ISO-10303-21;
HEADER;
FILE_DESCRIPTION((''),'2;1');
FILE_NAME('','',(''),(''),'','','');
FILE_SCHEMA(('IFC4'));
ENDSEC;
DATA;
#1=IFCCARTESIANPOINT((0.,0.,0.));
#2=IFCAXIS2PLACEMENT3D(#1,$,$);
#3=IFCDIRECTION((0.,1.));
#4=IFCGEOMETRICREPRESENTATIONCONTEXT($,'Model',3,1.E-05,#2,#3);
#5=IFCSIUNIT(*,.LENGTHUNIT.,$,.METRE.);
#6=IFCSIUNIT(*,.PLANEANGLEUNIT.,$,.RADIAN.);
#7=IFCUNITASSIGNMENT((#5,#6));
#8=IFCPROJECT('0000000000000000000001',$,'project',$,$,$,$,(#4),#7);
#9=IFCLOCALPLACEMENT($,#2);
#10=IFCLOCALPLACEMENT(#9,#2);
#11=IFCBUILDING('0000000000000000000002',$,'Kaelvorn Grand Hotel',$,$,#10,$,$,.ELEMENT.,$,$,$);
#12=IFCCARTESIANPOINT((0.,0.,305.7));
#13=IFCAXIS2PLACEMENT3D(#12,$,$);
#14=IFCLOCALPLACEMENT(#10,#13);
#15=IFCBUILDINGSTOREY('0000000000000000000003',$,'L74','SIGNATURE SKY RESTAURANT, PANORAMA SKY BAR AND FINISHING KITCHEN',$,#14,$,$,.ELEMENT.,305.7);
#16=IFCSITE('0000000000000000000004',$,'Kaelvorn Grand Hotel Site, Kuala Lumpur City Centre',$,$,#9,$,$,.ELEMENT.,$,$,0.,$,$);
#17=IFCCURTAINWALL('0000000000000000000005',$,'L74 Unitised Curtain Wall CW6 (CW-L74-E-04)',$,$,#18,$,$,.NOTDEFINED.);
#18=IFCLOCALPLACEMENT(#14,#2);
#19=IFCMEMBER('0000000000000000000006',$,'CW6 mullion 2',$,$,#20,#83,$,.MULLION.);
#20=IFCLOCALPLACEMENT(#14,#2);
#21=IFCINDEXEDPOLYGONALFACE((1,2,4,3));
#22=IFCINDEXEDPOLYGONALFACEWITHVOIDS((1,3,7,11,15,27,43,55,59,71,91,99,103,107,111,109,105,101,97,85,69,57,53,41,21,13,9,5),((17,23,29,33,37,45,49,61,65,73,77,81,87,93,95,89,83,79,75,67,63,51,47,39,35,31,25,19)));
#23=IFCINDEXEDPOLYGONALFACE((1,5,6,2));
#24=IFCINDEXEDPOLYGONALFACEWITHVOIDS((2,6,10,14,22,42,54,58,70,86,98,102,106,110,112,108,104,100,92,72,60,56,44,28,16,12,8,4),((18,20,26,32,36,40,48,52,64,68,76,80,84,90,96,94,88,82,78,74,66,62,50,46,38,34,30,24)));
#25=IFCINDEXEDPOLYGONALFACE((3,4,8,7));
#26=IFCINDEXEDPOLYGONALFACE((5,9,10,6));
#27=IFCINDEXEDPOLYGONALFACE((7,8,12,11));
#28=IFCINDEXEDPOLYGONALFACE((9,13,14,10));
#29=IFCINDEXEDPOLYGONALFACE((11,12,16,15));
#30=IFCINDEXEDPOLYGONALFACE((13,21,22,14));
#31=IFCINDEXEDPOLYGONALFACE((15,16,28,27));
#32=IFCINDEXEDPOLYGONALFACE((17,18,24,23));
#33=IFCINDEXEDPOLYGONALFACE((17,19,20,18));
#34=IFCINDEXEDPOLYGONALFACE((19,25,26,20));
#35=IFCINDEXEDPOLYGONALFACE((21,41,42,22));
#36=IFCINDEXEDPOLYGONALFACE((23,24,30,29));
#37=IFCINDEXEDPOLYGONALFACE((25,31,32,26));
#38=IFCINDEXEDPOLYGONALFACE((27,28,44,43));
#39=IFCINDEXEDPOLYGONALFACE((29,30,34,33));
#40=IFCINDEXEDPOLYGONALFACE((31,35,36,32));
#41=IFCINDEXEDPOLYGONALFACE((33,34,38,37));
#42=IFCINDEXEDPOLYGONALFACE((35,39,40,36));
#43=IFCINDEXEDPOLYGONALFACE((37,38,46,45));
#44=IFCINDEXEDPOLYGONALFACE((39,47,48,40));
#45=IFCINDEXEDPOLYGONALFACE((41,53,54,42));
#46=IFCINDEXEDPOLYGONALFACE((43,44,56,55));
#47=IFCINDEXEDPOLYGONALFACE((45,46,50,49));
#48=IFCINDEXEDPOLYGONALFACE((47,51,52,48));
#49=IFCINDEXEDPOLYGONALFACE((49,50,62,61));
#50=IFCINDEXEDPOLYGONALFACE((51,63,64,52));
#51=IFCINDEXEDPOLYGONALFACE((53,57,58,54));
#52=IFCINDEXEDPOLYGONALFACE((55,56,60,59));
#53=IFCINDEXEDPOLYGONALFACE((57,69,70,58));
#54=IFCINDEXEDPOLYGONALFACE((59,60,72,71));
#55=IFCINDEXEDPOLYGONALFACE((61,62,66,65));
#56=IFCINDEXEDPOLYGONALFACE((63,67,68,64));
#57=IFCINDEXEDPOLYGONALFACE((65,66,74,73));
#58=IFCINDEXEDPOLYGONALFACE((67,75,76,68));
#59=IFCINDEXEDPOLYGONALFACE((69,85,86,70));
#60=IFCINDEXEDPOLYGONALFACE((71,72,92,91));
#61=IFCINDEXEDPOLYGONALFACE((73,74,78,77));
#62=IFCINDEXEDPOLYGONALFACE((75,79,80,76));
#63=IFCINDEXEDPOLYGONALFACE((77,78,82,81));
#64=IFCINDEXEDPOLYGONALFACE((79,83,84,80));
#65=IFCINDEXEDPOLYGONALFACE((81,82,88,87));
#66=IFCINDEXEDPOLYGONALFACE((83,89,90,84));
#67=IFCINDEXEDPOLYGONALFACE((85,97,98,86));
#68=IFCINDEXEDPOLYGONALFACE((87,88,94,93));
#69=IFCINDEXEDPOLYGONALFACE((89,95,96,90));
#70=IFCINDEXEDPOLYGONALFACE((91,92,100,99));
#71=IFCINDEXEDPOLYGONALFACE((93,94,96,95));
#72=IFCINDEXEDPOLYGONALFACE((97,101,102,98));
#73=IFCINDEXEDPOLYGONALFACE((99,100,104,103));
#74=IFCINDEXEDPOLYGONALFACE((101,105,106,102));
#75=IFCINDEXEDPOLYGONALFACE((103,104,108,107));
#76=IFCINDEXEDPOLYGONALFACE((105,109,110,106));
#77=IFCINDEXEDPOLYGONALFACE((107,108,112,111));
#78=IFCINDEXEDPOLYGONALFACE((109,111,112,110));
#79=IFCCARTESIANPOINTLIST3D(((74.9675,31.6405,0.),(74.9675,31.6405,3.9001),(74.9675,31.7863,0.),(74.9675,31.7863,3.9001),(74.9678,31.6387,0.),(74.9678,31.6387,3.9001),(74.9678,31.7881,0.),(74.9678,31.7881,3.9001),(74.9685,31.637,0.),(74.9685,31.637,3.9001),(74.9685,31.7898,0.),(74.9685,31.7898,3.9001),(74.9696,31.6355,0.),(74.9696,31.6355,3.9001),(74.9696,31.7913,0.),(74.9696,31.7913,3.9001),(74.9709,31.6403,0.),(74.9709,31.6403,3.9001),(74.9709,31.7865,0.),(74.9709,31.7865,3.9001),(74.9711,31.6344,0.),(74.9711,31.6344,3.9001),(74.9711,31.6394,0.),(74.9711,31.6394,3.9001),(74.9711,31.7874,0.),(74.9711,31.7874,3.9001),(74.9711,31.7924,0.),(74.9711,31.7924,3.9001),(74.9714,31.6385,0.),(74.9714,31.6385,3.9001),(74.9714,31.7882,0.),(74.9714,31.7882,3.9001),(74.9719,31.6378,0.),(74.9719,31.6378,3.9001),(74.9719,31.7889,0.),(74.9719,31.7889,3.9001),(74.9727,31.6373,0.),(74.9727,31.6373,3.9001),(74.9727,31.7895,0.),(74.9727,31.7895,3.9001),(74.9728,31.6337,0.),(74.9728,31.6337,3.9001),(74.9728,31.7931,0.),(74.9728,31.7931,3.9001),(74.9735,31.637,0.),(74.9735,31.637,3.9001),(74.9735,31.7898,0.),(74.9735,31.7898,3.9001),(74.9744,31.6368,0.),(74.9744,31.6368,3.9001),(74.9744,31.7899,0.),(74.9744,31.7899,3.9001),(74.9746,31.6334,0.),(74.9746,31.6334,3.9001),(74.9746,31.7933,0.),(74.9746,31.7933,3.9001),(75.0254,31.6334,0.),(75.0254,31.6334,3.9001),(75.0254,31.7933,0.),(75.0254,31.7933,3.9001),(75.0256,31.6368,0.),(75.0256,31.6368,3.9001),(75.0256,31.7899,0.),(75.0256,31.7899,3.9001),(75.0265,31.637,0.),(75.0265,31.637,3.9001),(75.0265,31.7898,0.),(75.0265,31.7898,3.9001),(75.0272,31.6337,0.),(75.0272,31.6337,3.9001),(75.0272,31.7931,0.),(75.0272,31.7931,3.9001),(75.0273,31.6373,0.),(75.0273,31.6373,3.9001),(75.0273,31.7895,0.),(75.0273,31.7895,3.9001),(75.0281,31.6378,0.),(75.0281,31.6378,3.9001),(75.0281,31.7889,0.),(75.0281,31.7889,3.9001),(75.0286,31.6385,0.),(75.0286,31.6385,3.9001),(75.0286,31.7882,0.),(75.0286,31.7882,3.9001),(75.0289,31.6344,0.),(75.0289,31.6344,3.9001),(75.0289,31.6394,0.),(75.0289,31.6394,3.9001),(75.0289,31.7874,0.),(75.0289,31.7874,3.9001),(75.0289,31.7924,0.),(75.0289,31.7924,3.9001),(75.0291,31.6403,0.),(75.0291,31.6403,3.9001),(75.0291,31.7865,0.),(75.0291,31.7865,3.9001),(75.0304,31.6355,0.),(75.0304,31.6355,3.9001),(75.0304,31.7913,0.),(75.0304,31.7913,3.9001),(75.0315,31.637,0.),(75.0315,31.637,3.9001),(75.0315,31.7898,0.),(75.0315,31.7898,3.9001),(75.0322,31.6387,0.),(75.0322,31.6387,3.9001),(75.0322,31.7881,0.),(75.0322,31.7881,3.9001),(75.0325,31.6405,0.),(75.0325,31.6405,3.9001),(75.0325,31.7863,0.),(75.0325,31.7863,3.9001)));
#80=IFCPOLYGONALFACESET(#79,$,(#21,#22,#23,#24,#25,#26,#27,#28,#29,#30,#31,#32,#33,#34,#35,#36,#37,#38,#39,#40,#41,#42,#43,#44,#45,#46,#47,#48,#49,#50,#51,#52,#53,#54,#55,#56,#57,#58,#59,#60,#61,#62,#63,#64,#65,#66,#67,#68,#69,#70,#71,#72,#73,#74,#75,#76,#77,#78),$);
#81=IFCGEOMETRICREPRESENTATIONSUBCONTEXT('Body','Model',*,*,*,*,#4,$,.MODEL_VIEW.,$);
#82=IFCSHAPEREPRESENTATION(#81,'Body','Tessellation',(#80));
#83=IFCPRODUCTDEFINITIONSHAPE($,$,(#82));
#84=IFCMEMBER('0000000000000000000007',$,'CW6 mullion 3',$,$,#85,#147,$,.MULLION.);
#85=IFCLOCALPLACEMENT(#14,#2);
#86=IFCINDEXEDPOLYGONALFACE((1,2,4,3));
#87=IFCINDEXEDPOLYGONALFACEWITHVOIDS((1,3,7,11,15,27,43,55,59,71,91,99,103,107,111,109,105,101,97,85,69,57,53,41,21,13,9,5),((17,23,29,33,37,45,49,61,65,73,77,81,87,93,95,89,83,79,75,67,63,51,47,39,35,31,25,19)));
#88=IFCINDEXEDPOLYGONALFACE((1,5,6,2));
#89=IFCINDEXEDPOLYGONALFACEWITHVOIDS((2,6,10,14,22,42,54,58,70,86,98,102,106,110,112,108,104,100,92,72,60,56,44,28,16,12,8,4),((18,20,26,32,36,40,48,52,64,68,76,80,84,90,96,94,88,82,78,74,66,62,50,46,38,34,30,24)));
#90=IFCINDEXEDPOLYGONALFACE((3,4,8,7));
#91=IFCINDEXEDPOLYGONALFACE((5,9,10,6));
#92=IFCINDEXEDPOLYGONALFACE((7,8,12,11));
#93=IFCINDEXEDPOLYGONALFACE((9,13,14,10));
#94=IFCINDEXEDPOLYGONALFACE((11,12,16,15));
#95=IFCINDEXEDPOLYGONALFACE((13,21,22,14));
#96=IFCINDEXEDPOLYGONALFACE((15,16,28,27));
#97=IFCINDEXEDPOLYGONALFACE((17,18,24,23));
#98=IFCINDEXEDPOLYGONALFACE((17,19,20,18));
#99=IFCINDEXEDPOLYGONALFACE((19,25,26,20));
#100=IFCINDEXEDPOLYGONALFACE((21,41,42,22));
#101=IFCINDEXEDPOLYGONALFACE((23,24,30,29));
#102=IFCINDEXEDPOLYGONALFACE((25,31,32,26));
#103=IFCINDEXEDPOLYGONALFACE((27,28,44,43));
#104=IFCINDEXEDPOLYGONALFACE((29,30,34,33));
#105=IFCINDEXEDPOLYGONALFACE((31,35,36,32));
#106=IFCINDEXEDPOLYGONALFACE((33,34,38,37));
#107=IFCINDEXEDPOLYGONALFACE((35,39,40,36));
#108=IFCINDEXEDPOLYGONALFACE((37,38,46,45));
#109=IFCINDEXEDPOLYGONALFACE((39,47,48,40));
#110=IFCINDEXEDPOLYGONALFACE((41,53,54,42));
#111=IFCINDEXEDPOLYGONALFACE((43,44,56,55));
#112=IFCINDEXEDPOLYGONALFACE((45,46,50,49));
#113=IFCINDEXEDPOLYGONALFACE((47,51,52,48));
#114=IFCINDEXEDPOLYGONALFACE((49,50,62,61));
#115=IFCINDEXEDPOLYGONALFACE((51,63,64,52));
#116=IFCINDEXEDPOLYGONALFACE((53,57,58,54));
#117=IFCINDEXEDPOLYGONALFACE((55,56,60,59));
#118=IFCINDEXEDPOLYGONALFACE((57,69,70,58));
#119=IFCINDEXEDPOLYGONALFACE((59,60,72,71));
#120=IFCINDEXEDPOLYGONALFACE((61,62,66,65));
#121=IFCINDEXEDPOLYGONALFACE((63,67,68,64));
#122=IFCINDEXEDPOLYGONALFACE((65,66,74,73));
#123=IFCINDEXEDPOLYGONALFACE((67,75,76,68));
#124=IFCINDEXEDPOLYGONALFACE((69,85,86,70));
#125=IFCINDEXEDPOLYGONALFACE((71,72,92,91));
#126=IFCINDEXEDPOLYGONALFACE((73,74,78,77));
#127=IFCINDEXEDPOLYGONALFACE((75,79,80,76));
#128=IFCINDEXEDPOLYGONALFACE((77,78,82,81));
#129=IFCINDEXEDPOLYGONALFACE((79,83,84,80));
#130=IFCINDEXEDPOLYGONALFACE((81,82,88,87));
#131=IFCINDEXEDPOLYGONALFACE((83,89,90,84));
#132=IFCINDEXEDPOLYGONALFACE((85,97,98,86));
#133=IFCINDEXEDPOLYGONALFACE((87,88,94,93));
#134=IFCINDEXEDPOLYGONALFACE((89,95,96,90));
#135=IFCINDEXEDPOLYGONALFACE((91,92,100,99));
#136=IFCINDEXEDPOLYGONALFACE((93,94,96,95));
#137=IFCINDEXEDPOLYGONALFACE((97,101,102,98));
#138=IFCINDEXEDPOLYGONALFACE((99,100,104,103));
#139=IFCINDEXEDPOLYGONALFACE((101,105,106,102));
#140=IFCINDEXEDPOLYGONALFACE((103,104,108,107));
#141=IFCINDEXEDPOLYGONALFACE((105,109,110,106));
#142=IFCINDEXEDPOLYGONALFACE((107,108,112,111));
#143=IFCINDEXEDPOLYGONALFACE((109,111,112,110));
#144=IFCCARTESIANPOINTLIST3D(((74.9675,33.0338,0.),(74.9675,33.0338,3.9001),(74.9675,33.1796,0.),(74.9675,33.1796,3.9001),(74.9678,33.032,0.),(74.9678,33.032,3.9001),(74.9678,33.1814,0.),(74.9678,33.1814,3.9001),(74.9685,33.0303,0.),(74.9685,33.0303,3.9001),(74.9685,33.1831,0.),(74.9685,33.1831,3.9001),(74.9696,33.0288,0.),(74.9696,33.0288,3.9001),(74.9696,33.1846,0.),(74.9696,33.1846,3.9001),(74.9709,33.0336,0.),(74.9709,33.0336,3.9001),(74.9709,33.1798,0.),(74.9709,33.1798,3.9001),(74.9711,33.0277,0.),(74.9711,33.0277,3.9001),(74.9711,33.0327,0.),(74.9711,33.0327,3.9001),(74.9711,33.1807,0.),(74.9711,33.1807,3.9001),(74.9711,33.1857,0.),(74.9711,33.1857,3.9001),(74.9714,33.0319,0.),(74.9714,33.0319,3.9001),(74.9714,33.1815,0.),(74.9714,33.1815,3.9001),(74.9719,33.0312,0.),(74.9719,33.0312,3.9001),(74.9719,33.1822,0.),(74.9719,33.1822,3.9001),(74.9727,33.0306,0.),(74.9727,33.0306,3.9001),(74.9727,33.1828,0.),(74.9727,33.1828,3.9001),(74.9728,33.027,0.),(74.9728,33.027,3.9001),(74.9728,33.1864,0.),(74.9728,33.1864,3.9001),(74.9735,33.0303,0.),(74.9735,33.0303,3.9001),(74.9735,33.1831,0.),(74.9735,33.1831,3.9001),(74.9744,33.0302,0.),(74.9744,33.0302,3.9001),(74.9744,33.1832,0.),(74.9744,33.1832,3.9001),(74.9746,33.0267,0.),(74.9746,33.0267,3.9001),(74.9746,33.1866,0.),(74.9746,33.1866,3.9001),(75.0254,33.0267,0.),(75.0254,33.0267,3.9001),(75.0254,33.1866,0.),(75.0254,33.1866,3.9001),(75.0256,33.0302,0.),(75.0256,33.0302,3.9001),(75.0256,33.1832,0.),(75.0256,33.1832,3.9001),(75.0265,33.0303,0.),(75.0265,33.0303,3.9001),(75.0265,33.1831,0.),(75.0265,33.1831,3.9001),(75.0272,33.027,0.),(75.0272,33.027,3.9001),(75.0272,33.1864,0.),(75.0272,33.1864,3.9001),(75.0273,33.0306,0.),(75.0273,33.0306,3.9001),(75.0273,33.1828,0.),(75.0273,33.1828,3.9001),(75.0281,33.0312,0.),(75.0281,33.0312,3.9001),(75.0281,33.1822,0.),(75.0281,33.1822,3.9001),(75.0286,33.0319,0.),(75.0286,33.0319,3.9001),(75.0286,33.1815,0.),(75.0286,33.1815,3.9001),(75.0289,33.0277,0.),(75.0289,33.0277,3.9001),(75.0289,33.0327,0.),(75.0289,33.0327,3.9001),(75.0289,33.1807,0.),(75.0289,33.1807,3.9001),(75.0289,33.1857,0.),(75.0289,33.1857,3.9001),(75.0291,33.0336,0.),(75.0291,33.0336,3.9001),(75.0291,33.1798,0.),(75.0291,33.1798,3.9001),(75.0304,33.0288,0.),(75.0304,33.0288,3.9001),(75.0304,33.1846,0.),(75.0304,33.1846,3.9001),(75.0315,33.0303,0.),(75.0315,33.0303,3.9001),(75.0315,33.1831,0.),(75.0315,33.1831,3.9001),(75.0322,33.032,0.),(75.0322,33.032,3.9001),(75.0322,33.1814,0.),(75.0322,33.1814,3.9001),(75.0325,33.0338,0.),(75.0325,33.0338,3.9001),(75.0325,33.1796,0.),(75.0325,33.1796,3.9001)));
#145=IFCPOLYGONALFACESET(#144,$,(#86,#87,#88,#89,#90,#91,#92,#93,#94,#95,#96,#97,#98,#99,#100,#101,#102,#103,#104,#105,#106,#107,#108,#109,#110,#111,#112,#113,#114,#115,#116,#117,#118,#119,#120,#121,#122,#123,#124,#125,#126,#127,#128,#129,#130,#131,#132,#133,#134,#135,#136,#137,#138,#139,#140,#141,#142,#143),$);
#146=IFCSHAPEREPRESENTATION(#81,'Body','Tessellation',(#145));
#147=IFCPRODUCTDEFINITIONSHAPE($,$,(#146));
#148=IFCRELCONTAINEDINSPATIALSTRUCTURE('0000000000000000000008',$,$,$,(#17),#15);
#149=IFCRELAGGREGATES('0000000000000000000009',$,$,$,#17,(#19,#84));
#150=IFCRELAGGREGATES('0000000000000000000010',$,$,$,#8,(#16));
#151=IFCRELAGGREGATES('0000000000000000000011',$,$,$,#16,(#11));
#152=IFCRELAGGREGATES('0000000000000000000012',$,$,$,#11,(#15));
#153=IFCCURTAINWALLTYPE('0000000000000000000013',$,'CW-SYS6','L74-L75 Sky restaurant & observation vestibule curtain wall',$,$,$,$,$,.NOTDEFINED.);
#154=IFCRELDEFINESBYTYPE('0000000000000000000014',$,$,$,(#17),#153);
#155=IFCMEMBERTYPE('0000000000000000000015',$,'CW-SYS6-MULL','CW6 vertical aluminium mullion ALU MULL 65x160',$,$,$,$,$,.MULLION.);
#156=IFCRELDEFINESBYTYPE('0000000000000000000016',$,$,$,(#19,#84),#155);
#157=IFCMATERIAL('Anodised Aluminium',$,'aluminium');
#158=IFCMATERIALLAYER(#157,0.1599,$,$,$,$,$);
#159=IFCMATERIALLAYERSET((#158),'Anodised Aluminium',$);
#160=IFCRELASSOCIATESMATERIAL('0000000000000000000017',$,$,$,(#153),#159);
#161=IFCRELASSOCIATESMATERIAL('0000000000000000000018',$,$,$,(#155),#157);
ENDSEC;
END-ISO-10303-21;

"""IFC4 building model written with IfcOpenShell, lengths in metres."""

from ifc_helpers import new_model, si_unit, direction, frame, origin, origin_2d, place, context, subcontext, project, spatial, hollow_rectangle, extrude, material, layer, layer_set, material_profile, profile_set, type_object, element, aggregate, save


model = new_model("IFC4")

# Units and contexts
model_context = context("Model", 3, precision=1e-05, world=origin(), true_north=direction((0.0, 1.0)))
body_context = subcontext(model_context, "Body", "Model", "MODEL_VIEW")
ifc_project = project(units=[si_unit("LENGTHUNIT", "METRE"), si_unit("PLANEANGLEUNIT", "RADIAN")], contexts=[model_context])

# Site, building, storey
site_placement = place(None, origin())
site = spatial("IfcSite", under=ifc_project, at=site_placement, Name="Kaelvorn Grand Hotel Site, Kuala Lumpur City Centre", CompositionType="ELEMENT", RefElevation=0.0)
building_placement = place(site_placement, origin())
building = spatial("IfcBuilding", under=site, at=building_placement, Name="Kaelvorn Grand Hotel", CompositionType="ELEMENT")
storey_placement = place(building_placement, frame((0.0, 0.0, 305.7)))
storey = spatial("IfcBuildingStorey", under=building, at=storey_placement, Name="L74", Description="SIGNATURE SKY RESTAURANT, PANORAMA SKY BAR AND FINISHING KITCHEN", CompositionType="ELEMENT", Elevation=305.7)

# Curtain wall, members
ifc_material_1 = material(Name="Anodised Aluminium", Category="aluminium")
ifc_layer_1 = layer(ifc_material_1, 0.1599)
ifc_layer_set_1 = layer_set([ifc_layer_1], Name="Anodised Aluminium")
curtain_wall_type = type_object("IfcCurtainWallType", Name="CW-SYS6", Description="L74-L75 Sky restaurant & observation vestibule curtain wall", PredefinedType="NOTDEFINED", material=ifc_layer_set_1)
curtain_wall_placement = place(storey_placement, origin())
curtain_wall = element("IfcCurtainWall", 1, at=curtain_wall_placement, inside=storey, type_object=curtain_wall_type, Name="L74 Unitised Curtain Wall CW6 (CW-L74-E-04)", PredefinedType="NOTDEFINED")
ifc_material_profile_1 = material_profile(ifc_material_1, hollow_rectangle(XDim=0.0649, YDim=0.1599, WallThickness=0.0034, InnerFilletRadius=0.0034, OuterFilletRadius=0.0071, at=origin_2d()), Name="ALU MULL 65x160")
ifc_profile_set_1 = profile_set([ifc_material_profile_1], Name="Anodised Aluminium")
member_type_1 = type_object("IfcMemberType", Name="CW-SYS6-MULL", Description="CW6 vertical aluminium mullion ALU MULL 65x160", PredefinedType="MULLION", material=ifc_profile_set_1)
member_1_placement = place(storey_placement, frame((75.0, 31.7134, 0.0), z_axis=(0.0, 0.0, 1.0), x_axis=(-1.0, 0.0, 0.0)))
member_1 = element("IfcMember", 2, at=member_1_placement, type_object=member_type_1, Name="CW6 mullion 2", PredefinedType="MULLION", context=body_context, shape_type="SweptSolid", body=[
    extrude(hollow_rectangle(XDim=0.0649, YDim=0.1599, WallThickness=0.0034, InnerFilletRadius=0.0034, OuterFilletRadius=0.0071, at=origin_2d()), origin(), (0.0, 0.0, 1.0), 3.9001),
])
member_2_placement = place(storey_placement, frame((75.0, 33.1067, 0.0), z_axis=(0.0, 0.0, 1.0), x_axis=(-1.0, 0.0, 0.0)))
member_2 = element("IfcMember", 3, at=member_2_placement, type_object=member_type_1, Name="CW6 mullion 3", PredefinedType="MULLION", context=body_context, shape_type="SweptSolid", body=[
    extrude(hollow_rectangle(XDim=0.0649, YDim=0.1599, WallThickness=0.0034, InnerFilletRadius=0.0034, OuterFilletRadius=0.0071, at=origin_2d()), origin(), (0.0, 0.0, 1.0), 3.9001),
])
aggregate(curtain_wall, [member_1, member_2])

save(model, "model.ifc")
